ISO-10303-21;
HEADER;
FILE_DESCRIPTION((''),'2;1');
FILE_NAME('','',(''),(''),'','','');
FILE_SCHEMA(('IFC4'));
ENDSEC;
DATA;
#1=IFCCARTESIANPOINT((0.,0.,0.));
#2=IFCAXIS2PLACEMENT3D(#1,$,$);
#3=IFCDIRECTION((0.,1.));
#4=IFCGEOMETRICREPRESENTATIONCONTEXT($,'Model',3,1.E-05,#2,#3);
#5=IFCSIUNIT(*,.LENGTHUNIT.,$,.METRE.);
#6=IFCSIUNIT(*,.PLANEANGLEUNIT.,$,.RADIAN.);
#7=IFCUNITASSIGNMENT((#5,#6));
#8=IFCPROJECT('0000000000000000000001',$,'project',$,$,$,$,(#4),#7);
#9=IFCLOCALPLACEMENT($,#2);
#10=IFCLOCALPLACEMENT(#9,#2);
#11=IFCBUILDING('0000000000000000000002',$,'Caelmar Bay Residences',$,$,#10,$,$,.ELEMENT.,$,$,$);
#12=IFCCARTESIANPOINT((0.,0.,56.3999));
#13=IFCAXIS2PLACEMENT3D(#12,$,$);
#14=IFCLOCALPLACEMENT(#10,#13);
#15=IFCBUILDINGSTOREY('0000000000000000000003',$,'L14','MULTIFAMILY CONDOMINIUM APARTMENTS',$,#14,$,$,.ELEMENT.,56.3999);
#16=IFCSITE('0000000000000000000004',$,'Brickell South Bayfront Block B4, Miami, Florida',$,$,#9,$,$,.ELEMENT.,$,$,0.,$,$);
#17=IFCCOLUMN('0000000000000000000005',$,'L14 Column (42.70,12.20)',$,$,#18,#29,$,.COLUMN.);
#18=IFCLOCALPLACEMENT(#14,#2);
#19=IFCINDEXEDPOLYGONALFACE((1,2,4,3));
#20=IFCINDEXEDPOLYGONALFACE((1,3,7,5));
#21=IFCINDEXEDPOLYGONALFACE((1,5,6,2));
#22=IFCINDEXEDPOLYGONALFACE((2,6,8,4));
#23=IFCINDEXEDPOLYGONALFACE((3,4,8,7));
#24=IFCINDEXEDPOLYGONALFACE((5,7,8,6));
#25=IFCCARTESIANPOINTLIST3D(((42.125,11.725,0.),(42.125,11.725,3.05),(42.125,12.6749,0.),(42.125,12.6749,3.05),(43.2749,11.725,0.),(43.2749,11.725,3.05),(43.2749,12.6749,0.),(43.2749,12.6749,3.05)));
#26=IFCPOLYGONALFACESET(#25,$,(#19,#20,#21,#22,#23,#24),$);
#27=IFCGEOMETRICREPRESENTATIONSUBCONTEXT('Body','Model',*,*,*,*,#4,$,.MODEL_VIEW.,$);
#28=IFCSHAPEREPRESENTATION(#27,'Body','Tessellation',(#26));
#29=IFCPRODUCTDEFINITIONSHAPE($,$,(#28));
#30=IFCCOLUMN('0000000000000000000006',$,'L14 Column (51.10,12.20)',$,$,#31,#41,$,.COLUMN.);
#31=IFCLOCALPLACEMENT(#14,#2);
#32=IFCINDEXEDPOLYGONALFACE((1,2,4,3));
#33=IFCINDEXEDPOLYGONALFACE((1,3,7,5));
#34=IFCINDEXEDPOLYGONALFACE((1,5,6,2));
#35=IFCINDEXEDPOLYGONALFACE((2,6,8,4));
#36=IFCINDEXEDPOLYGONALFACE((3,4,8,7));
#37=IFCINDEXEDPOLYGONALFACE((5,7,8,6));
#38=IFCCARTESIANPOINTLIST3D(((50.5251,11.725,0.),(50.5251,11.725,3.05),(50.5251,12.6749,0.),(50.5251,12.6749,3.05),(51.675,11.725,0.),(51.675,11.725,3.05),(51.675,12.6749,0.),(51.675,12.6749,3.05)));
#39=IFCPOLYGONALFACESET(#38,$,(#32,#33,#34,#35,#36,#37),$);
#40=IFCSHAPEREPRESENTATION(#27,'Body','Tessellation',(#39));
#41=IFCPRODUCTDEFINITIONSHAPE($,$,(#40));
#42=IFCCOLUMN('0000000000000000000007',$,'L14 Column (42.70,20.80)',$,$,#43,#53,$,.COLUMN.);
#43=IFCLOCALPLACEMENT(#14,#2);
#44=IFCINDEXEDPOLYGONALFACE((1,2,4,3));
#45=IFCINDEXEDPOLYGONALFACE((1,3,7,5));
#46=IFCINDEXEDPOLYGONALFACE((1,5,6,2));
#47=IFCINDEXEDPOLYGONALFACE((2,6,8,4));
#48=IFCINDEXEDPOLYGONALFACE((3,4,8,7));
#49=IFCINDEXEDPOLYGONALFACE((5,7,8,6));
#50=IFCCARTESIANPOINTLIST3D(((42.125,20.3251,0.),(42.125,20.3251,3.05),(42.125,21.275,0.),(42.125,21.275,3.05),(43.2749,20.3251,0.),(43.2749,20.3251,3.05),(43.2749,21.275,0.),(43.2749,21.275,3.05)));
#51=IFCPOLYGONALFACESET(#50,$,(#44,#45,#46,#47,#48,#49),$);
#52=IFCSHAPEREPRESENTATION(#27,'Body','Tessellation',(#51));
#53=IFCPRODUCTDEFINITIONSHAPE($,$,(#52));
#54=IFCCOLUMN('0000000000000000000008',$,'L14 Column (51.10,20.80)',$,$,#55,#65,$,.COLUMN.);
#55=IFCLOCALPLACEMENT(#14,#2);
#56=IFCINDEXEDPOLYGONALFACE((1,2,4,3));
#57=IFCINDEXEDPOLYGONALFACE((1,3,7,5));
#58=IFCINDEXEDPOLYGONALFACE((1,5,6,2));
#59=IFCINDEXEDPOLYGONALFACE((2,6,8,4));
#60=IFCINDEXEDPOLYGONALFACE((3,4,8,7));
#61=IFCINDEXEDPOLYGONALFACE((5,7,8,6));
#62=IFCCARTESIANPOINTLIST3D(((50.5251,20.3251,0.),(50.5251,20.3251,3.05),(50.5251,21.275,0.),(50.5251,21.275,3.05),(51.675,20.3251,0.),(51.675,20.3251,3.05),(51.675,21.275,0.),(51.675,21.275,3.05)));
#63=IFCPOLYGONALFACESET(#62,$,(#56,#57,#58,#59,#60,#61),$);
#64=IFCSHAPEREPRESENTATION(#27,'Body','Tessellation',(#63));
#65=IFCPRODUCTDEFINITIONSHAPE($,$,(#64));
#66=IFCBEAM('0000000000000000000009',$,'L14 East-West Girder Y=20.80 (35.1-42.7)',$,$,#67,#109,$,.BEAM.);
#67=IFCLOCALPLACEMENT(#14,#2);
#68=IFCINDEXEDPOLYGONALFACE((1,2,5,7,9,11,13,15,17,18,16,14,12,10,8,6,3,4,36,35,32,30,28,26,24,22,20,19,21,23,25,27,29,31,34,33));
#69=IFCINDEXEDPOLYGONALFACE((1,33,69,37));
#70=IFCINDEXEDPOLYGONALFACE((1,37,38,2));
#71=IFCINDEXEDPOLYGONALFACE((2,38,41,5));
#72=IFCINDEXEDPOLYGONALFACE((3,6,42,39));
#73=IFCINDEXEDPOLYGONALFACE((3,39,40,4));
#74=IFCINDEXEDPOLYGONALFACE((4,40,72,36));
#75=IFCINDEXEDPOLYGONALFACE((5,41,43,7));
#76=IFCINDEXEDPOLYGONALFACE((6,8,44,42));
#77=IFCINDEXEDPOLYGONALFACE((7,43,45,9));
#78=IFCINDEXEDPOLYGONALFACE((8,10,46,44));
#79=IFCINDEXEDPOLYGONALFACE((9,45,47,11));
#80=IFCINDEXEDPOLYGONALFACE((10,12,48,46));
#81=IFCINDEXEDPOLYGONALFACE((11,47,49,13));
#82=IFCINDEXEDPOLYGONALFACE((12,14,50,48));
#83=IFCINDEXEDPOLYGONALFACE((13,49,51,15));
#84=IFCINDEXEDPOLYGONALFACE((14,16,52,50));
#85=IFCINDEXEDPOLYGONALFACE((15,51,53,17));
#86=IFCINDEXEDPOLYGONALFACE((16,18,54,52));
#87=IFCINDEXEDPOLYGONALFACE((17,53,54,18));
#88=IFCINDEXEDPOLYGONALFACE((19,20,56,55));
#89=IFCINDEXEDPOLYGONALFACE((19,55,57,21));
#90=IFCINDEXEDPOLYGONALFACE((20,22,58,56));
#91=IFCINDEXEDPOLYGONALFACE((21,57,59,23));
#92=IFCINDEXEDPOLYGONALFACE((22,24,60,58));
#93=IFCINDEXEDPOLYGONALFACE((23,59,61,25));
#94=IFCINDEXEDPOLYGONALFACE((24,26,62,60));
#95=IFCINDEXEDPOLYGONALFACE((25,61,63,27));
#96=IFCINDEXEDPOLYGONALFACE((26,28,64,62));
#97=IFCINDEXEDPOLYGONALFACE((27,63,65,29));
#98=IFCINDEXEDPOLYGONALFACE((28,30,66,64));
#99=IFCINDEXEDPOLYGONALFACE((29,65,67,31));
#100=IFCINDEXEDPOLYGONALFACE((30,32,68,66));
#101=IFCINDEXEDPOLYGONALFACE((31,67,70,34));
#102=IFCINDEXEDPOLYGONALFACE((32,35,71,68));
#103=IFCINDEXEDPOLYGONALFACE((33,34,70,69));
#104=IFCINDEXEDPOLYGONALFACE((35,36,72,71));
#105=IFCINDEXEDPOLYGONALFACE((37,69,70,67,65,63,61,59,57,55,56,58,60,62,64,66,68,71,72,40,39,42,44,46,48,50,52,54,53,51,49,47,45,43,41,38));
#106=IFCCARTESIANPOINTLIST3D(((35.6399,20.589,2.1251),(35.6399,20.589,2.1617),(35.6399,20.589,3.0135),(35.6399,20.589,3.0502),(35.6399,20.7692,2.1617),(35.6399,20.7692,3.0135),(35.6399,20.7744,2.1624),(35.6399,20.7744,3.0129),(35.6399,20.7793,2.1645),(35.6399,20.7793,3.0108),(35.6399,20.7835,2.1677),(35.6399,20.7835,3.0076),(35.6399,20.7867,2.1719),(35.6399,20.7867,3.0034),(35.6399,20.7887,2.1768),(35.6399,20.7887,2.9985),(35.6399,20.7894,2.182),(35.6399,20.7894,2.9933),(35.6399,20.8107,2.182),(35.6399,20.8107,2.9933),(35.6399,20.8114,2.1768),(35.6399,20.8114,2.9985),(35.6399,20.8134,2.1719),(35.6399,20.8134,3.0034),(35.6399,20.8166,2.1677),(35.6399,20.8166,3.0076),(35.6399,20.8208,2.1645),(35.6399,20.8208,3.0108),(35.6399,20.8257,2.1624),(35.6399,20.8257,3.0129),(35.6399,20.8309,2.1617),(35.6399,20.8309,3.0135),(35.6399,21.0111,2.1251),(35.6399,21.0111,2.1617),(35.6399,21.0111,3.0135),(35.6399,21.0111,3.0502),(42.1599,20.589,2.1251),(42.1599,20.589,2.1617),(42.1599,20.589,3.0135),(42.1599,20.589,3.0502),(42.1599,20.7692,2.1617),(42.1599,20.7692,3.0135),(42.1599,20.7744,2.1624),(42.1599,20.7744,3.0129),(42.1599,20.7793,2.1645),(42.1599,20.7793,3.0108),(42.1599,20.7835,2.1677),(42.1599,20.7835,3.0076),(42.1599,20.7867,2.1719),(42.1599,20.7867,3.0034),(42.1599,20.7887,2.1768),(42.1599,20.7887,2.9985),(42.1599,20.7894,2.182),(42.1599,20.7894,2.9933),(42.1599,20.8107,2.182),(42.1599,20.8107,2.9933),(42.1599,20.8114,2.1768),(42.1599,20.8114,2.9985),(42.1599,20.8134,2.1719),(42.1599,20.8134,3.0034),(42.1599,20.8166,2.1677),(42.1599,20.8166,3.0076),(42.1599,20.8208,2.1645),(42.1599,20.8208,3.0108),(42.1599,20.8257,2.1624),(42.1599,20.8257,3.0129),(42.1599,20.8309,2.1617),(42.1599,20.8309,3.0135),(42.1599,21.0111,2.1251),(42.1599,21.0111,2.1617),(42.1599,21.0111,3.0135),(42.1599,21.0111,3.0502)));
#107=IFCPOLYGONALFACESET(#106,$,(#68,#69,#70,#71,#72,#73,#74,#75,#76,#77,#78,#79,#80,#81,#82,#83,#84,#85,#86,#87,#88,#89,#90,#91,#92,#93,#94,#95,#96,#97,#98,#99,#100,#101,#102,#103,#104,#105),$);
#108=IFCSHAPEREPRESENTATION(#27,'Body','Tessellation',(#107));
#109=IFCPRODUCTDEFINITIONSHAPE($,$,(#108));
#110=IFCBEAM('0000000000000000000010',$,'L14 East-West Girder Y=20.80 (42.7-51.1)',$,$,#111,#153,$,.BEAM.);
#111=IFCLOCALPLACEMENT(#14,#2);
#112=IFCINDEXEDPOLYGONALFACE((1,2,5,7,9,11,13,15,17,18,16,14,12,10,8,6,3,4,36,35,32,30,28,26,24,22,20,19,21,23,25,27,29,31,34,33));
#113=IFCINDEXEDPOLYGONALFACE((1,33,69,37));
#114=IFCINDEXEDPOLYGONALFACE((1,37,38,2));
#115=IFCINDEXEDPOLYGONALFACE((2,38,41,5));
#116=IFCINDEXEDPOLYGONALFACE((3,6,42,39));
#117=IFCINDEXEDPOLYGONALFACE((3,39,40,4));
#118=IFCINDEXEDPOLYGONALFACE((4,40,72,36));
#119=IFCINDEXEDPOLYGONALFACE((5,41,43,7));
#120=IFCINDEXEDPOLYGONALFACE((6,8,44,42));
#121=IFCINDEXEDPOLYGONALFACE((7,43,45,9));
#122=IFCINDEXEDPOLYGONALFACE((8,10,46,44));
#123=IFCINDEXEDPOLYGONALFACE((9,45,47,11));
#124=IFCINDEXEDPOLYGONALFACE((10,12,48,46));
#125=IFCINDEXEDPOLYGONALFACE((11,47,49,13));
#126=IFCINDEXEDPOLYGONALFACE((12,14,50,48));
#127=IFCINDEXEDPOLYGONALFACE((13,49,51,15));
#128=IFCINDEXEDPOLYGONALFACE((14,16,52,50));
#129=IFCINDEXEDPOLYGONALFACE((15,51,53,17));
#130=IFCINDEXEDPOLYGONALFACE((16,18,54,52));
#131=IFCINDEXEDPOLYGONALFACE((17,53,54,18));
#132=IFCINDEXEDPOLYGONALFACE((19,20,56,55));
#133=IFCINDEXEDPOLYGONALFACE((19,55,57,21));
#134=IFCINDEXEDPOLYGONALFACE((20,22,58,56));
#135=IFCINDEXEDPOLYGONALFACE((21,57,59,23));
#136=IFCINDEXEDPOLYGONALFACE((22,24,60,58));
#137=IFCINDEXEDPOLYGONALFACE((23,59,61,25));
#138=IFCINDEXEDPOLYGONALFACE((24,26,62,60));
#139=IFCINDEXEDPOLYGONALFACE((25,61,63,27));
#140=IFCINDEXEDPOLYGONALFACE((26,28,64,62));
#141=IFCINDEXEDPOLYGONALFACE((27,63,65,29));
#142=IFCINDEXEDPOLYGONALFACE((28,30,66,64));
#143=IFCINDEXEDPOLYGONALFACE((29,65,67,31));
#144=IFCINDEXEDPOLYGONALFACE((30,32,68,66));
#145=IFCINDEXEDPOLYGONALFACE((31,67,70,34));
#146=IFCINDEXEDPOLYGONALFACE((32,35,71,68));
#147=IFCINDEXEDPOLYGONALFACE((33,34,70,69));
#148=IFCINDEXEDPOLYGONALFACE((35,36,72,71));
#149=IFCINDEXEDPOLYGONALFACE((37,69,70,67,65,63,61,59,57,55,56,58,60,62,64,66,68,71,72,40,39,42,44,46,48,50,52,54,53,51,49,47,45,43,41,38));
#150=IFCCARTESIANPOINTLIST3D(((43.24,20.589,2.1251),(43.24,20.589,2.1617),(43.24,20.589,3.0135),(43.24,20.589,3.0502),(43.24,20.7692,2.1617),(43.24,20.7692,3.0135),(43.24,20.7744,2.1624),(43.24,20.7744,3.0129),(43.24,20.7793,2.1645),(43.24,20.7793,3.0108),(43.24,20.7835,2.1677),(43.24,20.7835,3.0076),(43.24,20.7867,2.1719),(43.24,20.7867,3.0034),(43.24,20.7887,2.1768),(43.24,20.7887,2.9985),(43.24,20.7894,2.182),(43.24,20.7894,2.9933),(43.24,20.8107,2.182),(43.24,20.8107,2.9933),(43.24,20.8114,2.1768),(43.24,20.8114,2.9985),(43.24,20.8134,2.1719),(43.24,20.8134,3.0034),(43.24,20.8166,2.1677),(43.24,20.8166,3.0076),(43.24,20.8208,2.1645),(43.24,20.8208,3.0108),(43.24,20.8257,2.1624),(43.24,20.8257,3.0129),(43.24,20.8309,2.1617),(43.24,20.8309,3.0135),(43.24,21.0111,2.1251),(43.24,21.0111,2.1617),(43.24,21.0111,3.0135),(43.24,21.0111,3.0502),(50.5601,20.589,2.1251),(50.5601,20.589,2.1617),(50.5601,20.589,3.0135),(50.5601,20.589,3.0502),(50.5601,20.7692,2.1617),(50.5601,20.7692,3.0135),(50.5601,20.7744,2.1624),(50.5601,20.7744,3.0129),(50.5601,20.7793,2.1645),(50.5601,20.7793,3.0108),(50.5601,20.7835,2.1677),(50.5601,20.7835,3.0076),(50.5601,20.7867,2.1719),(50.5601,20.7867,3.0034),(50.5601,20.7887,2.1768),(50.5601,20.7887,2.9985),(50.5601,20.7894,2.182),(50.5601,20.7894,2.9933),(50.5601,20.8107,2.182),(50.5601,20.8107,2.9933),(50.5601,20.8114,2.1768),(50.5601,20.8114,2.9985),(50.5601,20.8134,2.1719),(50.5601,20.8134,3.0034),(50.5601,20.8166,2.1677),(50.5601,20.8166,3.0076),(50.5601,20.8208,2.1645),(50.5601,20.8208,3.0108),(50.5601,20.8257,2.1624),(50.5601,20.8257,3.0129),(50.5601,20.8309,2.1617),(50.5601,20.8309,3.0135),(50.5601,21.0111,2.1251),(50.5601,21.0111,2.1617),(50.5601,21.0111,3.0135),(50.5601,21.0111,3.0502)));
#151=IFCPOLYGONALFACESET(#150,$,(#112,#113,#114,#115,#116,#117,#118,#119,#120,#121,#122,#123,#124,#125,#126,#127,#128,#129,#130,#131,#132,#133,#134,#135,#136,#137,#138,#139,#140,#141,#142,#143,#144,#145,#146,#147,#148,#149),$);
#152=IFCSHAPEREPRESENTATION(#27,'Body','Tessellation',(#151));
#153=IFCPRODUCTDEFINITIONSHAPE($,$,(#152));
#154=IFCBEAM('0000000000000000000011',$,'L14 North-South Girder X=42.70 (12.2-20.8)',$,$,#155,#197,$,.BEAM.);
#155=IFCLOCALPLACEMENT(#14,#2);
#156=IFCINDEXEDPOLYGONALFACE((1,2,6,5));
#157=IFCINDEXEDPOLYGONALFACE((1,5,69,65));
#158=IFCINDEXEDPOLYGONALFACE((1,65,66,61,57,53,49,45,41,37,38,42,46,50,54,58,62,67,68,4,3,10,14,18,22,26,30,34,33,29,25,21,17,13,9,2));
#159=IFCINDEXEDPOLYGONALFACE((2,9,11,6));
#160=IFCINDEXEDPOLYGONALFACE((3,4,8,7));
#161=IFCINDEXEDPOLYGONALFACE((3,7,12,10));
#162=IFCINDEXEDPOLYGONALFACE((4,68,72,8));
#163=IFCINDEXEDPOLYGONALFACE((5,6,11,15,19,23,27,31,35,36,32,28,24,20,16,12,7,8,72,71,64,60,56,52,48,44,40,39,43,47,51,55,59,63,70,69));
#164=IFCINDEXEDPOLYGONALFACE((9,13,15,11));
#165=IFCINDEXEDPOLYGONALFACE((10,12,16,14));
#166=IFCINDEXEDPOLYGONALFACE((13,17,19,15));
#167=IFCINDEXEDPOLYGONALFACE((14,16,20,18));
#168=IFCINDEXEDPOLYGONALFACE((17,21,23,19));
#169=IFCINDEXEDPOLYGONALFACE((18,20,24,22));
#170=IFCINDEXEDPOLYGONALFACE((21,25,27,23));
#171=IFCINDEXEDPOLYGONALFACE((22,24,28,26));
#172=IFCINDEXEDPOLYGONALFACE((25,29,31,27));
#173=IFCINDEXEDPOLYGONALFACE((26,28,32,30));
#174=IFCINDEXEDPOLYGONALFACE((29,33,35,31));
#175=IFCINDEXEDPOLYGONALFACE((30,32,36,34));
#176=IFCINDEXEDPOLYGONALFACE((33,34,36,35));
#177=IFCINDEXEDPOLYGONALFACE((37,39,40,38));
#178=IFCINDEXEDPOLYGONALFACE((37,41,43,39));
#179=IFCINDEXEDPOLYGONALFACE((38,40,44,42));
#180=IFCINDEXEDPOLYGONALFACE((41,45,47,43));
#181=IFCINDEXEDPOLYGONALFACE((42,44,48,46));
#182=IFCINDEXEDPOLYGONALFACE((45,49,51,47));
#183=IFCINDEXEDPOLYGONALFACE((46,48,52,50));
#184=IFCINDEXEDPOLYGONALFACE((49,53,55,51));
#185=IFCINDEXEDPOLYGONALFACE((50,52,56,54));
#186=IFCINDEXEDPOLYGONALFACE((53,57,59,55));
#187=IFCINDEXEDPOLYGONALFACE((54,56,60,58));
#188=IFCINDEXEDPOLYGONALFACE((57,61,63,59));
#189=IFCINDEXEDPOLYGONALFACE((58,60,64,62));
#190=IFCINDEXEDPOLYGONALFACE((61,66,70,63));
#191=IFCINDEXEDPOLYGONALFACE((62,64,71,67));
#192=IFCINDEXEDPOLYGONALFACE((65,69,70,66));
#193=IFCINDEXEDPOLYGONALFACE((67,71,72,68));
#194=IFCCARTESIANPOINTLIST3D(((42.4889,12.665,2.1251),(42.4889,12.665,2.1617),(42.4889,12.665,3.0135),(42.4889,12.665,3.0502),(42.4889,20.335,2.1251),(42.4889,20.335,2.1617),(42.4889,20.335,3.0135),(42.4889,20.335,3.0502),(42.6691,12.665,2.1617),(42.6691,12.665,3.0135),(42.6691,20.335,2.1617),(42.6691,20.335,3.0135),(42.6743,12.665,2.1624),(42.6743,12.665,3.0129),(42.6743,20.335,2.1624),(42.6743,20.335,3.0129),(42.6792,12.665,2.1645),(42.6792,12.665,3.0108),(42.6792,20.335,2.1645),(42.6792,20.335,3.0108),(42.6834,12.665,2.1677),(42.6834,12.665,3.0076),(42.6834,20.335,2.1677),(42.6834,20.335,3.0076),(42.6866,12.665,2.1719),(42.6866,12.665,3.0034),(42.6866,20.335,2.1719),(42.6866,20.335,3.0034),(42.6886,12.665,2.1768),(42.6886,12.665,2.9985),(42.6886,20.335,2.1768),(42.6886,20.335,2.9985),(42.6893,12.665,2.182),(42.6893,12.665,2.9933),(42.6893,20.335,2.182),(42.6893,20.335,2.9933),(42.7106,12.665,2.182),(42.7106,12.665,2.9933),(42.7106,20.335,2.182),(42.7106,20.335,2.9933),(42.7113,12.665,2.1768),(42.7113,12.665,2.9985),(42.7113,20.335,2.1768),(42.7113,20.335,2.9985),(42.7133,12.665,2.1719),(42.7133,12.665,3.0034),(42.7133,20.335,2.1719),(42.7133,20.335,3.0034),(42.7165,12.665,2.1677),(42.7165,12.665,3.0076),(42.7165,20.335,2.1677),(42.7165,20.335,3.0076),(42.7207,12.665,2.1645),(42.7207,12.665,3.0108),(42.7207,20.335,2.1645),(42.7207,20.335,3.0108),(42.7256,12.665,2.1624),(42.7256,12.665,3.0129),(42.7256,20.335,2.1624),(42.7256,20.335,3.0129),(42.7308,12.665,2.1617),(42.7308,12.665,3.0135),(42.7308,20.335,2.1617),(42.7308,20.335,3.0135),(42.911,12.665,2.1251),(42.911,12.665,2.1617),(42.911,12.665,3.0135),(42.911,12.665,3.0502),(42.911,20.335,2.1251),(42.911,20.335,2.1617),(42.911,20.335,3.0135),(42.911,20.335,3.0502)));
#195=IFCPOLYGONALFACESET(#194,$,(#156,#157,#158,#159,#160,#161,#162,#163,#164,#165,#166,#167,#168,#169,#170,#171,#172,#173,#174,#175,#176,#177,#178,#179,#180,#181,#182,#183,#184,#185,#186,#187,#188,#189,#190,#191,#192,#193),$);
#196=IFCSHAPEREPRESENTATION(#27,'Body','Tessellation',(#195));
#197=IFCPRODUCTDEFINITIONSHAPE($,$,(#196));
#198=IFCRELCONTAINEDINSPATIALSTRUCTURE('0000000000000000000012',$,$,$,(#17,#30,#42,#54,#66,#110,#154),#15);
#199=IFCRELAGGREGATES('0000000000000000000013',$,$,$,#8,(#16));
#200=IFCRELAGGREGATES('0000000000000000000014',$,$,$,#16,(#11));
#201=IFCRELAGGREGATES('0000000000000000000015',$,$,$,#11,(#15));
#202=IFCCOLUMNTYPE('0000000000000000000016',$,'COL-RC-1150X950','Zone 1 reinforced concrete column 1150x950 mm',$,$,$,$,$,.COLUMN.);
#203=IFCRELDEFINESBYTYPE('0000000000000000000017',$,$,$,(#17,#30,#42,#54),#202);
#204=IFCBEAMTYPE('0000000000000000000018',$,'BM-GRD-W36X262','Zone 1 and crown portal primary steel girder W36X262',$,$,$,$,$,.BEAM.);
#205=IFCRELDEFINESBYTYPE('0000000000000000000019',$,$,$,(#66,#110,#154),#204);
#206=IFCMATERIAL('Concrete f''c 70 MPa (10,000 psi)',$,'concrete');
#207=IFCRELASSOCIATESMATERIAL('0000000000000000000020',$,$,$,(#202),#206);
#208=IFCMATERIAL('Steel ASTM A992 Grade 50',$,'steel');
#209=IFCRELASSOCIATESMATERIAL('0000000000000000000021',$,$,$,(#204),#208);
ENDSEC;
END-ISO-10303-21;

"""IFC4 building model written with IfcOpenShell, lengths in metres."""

from ifc_helpers import new_model, si_unit, direction, frame, origin, origin_2d, place, context, subcontext, project, spatial, rectangle, i_section, extrude, material, material_profile, profile_set, type_object, element, save


model = new_model("IFC4")

# Units and contexts
model_context = context("Model", 3, precision=1e-05, world=origin(), true_north=direction((0.0, 1.0)))
body_context = subcontext(model_context, "Body", "Model", "MODEL_VIEW")
ifc_project = project(units=[si_unit("LENGTHUNIT", "METRE"), si_unit("PLANEANGLEUNIT", "RADIAN")], contexts=[model_context])

# Site, building, storey
site_placement = place(None, origin())
site = spatial("IfcSite", under=ifc_project, at=site_placement, Name="Brickell South Bayfront Block B4, Miami, Florida", CompositionType="ELEMENT", RefElevation=0.0)
building_placement = place(site_placement, origin())
building = spatial("IfcBuilding", under=site, at=building_placement, Name="Caelmar Bay Residences", CompositionType="ELEMENT")
storey_placement = place(building_placement, frame((0.0, 0.0, 56.3999)))
storey = spatial("IfcBuildingStorey", under=building, at=storey_placement, Name="L14", Description="MULTIFAMILY CONDOMINIUM APARTMENTS", CompositionType="ELEMENT", Elevation=56.3999)

# Columns
ifc_material_1 = material(Name="Concrete f'c 70 MPa (10,000 psi)", Category="concrete")
ifc_material_profile_1 = material_profile(ifc_material_1, rectangle(XDim=1.1499, YDim=0.95, at=origin_2d()), Name="RC-COL-1150X950")
ifc_profile_set_1 = profile_set([ifc_material_profile_1], Name="Concrete f'c 70 MPa (10,000 psi)")
column_type = type_object("IfcColumnType", Name="COL-RC-1150X950", Description="Zone 1 reinforced concrete column 1150x950 mm", PredefinedType="COLUMN", material=ifc_profile_set_1)
for number, where, z_axis, x_axis, name in (
    (1, (42.7, 12.2, 0.0), (0.0, 0.0, 1.0), (1.0, 0.0, 0.0), "L14 Column (42.70,12.20)"),
    (2, (51.1001, 12.2, 0.0), (0.0, 0.0, 1.0), (1.0, 0.0, 0.0), "L14 Column (51.10,12.20)"),
    (3, (42.7, 20.8, 0.0), (0.0, 0.0, 1.0), (1.0, 0.0, 0.0), "L14 Column (42.70,20.80)"),
    (4, (51.1001, 20.8, 0.0), (0.0, 0.0, 1.0), (1.0, 0.0, 0.0), "L14 Column (51.10,20.80)"),
):
    element("IfcColumn", number, at=place(storey_placement, frame(where, z_axis=z_axis, x_axis=x_axis)), inside=storey, type_object=column_type, Name=name, PredefinedType="COLUMN", context=body_context, shape_type="SweptSolid", body=[
        extrude(rectangle(XDim=1.1499, YDim=0.95, at=origin_2d()), origin(), (0.0, 0.0, 1.0), 3.05),
    ])

# Beams
ifc_material_2 = material(Name="Steel ASTM A992 Grade 50", Category="steel")
ifc_material_profile_2 = material_profile(ifc_material_2, i_section(OverallWidth=0.4221, OverallDepth=0.925, WebThickness=0.0212, FlangeThickness=0.0366, FilletRadius=0.0203, at=origin_2d()), Name="W36X262")
ifc_profile_set_2 = profile_set([ifc_material_profile_2], Name="Steel ASTM A992 Grade 50")
beam_type_1 = type_object("IfcBeamType", Name="BM-GRD-W36X262", Description="Zone 1 and crown portal primary steel girder W36X262", PredefinedType="BEAM", material=ifc_profile_set_2)
beam_1_placement = place(storey_placement, frame((35.6399, 20.8, 2.5876), z_axis=(1.0, 0.0, 0.0), x_axis=(0.0, 1.0, 0.0)))
element("IfcBeam", 5, at=beam_1_placement, inside=storey, type_object=beam_type_1, Name="L14 East-West Girder Y=20.80 (35.1-42.7)", PredefinedType="BEAM", context=body_context, shape_type="SweptSolid", body=[
    extrude(i_section(OverallWidth=0.4221, OverallDepth=0.925, WebThickness=0.0212, FlangeThickness=0.0366, FilletRadius=0.0203, at=origin_2d()), origin(), (0.0, 0.0, 1.0), 6.52),
])
beam_2_placement = place(storey_placement, frame((43.24, 20.8, 2.5876), z_axis=(1.0, 0.0, 0.0), x_axis=(0.0, 1.0, 0.0)))
element("IfcBeam", 6, at=beam_2_placement, inside=storey, type_object=beam_type_1, Name="L14 East-West Girder Y=20.80 (42.7-51.1)", PredefinedType="BEAM", context=body_context, shape_type="SweptSolid", body=[
    extrude(i_section(OverallWidth=0.4221, OverallDepth=0.925, WebThickness=0.0212, FlangeThickness=0.0366, FilletRadius=0.0203, at=origin_2d()), origin(), (0.0, 0.0, 1.0), 7.3201),
])
beam_3_placement = place(storey_placement, frame((42.7, 12.665, 2.5876), z_axis=(0.0, 1.0, 0.0), x_axis=(-1.0, 0.0, 0.0)))
element("IfcBeam", 7, at=beam_3_placement, inside=storey, type_object=beam_type_1, Name="L14 North-South Girder X=42.70 (12.2-20.8)", PredefinedType="BEAM", context=body_context, shape_type="SweptSolid", body=[
    extrude(i_section(OverallWidth=0.4221, OverallDepth=0.925, WebThickness=0.0212, FlangeThickness=0.0366, FilletRadius=0.0203, at=origin_2d()), origin(), (0.0, 0.0, 1.0), 7.6699),
])

save(model, "model.ifc")
